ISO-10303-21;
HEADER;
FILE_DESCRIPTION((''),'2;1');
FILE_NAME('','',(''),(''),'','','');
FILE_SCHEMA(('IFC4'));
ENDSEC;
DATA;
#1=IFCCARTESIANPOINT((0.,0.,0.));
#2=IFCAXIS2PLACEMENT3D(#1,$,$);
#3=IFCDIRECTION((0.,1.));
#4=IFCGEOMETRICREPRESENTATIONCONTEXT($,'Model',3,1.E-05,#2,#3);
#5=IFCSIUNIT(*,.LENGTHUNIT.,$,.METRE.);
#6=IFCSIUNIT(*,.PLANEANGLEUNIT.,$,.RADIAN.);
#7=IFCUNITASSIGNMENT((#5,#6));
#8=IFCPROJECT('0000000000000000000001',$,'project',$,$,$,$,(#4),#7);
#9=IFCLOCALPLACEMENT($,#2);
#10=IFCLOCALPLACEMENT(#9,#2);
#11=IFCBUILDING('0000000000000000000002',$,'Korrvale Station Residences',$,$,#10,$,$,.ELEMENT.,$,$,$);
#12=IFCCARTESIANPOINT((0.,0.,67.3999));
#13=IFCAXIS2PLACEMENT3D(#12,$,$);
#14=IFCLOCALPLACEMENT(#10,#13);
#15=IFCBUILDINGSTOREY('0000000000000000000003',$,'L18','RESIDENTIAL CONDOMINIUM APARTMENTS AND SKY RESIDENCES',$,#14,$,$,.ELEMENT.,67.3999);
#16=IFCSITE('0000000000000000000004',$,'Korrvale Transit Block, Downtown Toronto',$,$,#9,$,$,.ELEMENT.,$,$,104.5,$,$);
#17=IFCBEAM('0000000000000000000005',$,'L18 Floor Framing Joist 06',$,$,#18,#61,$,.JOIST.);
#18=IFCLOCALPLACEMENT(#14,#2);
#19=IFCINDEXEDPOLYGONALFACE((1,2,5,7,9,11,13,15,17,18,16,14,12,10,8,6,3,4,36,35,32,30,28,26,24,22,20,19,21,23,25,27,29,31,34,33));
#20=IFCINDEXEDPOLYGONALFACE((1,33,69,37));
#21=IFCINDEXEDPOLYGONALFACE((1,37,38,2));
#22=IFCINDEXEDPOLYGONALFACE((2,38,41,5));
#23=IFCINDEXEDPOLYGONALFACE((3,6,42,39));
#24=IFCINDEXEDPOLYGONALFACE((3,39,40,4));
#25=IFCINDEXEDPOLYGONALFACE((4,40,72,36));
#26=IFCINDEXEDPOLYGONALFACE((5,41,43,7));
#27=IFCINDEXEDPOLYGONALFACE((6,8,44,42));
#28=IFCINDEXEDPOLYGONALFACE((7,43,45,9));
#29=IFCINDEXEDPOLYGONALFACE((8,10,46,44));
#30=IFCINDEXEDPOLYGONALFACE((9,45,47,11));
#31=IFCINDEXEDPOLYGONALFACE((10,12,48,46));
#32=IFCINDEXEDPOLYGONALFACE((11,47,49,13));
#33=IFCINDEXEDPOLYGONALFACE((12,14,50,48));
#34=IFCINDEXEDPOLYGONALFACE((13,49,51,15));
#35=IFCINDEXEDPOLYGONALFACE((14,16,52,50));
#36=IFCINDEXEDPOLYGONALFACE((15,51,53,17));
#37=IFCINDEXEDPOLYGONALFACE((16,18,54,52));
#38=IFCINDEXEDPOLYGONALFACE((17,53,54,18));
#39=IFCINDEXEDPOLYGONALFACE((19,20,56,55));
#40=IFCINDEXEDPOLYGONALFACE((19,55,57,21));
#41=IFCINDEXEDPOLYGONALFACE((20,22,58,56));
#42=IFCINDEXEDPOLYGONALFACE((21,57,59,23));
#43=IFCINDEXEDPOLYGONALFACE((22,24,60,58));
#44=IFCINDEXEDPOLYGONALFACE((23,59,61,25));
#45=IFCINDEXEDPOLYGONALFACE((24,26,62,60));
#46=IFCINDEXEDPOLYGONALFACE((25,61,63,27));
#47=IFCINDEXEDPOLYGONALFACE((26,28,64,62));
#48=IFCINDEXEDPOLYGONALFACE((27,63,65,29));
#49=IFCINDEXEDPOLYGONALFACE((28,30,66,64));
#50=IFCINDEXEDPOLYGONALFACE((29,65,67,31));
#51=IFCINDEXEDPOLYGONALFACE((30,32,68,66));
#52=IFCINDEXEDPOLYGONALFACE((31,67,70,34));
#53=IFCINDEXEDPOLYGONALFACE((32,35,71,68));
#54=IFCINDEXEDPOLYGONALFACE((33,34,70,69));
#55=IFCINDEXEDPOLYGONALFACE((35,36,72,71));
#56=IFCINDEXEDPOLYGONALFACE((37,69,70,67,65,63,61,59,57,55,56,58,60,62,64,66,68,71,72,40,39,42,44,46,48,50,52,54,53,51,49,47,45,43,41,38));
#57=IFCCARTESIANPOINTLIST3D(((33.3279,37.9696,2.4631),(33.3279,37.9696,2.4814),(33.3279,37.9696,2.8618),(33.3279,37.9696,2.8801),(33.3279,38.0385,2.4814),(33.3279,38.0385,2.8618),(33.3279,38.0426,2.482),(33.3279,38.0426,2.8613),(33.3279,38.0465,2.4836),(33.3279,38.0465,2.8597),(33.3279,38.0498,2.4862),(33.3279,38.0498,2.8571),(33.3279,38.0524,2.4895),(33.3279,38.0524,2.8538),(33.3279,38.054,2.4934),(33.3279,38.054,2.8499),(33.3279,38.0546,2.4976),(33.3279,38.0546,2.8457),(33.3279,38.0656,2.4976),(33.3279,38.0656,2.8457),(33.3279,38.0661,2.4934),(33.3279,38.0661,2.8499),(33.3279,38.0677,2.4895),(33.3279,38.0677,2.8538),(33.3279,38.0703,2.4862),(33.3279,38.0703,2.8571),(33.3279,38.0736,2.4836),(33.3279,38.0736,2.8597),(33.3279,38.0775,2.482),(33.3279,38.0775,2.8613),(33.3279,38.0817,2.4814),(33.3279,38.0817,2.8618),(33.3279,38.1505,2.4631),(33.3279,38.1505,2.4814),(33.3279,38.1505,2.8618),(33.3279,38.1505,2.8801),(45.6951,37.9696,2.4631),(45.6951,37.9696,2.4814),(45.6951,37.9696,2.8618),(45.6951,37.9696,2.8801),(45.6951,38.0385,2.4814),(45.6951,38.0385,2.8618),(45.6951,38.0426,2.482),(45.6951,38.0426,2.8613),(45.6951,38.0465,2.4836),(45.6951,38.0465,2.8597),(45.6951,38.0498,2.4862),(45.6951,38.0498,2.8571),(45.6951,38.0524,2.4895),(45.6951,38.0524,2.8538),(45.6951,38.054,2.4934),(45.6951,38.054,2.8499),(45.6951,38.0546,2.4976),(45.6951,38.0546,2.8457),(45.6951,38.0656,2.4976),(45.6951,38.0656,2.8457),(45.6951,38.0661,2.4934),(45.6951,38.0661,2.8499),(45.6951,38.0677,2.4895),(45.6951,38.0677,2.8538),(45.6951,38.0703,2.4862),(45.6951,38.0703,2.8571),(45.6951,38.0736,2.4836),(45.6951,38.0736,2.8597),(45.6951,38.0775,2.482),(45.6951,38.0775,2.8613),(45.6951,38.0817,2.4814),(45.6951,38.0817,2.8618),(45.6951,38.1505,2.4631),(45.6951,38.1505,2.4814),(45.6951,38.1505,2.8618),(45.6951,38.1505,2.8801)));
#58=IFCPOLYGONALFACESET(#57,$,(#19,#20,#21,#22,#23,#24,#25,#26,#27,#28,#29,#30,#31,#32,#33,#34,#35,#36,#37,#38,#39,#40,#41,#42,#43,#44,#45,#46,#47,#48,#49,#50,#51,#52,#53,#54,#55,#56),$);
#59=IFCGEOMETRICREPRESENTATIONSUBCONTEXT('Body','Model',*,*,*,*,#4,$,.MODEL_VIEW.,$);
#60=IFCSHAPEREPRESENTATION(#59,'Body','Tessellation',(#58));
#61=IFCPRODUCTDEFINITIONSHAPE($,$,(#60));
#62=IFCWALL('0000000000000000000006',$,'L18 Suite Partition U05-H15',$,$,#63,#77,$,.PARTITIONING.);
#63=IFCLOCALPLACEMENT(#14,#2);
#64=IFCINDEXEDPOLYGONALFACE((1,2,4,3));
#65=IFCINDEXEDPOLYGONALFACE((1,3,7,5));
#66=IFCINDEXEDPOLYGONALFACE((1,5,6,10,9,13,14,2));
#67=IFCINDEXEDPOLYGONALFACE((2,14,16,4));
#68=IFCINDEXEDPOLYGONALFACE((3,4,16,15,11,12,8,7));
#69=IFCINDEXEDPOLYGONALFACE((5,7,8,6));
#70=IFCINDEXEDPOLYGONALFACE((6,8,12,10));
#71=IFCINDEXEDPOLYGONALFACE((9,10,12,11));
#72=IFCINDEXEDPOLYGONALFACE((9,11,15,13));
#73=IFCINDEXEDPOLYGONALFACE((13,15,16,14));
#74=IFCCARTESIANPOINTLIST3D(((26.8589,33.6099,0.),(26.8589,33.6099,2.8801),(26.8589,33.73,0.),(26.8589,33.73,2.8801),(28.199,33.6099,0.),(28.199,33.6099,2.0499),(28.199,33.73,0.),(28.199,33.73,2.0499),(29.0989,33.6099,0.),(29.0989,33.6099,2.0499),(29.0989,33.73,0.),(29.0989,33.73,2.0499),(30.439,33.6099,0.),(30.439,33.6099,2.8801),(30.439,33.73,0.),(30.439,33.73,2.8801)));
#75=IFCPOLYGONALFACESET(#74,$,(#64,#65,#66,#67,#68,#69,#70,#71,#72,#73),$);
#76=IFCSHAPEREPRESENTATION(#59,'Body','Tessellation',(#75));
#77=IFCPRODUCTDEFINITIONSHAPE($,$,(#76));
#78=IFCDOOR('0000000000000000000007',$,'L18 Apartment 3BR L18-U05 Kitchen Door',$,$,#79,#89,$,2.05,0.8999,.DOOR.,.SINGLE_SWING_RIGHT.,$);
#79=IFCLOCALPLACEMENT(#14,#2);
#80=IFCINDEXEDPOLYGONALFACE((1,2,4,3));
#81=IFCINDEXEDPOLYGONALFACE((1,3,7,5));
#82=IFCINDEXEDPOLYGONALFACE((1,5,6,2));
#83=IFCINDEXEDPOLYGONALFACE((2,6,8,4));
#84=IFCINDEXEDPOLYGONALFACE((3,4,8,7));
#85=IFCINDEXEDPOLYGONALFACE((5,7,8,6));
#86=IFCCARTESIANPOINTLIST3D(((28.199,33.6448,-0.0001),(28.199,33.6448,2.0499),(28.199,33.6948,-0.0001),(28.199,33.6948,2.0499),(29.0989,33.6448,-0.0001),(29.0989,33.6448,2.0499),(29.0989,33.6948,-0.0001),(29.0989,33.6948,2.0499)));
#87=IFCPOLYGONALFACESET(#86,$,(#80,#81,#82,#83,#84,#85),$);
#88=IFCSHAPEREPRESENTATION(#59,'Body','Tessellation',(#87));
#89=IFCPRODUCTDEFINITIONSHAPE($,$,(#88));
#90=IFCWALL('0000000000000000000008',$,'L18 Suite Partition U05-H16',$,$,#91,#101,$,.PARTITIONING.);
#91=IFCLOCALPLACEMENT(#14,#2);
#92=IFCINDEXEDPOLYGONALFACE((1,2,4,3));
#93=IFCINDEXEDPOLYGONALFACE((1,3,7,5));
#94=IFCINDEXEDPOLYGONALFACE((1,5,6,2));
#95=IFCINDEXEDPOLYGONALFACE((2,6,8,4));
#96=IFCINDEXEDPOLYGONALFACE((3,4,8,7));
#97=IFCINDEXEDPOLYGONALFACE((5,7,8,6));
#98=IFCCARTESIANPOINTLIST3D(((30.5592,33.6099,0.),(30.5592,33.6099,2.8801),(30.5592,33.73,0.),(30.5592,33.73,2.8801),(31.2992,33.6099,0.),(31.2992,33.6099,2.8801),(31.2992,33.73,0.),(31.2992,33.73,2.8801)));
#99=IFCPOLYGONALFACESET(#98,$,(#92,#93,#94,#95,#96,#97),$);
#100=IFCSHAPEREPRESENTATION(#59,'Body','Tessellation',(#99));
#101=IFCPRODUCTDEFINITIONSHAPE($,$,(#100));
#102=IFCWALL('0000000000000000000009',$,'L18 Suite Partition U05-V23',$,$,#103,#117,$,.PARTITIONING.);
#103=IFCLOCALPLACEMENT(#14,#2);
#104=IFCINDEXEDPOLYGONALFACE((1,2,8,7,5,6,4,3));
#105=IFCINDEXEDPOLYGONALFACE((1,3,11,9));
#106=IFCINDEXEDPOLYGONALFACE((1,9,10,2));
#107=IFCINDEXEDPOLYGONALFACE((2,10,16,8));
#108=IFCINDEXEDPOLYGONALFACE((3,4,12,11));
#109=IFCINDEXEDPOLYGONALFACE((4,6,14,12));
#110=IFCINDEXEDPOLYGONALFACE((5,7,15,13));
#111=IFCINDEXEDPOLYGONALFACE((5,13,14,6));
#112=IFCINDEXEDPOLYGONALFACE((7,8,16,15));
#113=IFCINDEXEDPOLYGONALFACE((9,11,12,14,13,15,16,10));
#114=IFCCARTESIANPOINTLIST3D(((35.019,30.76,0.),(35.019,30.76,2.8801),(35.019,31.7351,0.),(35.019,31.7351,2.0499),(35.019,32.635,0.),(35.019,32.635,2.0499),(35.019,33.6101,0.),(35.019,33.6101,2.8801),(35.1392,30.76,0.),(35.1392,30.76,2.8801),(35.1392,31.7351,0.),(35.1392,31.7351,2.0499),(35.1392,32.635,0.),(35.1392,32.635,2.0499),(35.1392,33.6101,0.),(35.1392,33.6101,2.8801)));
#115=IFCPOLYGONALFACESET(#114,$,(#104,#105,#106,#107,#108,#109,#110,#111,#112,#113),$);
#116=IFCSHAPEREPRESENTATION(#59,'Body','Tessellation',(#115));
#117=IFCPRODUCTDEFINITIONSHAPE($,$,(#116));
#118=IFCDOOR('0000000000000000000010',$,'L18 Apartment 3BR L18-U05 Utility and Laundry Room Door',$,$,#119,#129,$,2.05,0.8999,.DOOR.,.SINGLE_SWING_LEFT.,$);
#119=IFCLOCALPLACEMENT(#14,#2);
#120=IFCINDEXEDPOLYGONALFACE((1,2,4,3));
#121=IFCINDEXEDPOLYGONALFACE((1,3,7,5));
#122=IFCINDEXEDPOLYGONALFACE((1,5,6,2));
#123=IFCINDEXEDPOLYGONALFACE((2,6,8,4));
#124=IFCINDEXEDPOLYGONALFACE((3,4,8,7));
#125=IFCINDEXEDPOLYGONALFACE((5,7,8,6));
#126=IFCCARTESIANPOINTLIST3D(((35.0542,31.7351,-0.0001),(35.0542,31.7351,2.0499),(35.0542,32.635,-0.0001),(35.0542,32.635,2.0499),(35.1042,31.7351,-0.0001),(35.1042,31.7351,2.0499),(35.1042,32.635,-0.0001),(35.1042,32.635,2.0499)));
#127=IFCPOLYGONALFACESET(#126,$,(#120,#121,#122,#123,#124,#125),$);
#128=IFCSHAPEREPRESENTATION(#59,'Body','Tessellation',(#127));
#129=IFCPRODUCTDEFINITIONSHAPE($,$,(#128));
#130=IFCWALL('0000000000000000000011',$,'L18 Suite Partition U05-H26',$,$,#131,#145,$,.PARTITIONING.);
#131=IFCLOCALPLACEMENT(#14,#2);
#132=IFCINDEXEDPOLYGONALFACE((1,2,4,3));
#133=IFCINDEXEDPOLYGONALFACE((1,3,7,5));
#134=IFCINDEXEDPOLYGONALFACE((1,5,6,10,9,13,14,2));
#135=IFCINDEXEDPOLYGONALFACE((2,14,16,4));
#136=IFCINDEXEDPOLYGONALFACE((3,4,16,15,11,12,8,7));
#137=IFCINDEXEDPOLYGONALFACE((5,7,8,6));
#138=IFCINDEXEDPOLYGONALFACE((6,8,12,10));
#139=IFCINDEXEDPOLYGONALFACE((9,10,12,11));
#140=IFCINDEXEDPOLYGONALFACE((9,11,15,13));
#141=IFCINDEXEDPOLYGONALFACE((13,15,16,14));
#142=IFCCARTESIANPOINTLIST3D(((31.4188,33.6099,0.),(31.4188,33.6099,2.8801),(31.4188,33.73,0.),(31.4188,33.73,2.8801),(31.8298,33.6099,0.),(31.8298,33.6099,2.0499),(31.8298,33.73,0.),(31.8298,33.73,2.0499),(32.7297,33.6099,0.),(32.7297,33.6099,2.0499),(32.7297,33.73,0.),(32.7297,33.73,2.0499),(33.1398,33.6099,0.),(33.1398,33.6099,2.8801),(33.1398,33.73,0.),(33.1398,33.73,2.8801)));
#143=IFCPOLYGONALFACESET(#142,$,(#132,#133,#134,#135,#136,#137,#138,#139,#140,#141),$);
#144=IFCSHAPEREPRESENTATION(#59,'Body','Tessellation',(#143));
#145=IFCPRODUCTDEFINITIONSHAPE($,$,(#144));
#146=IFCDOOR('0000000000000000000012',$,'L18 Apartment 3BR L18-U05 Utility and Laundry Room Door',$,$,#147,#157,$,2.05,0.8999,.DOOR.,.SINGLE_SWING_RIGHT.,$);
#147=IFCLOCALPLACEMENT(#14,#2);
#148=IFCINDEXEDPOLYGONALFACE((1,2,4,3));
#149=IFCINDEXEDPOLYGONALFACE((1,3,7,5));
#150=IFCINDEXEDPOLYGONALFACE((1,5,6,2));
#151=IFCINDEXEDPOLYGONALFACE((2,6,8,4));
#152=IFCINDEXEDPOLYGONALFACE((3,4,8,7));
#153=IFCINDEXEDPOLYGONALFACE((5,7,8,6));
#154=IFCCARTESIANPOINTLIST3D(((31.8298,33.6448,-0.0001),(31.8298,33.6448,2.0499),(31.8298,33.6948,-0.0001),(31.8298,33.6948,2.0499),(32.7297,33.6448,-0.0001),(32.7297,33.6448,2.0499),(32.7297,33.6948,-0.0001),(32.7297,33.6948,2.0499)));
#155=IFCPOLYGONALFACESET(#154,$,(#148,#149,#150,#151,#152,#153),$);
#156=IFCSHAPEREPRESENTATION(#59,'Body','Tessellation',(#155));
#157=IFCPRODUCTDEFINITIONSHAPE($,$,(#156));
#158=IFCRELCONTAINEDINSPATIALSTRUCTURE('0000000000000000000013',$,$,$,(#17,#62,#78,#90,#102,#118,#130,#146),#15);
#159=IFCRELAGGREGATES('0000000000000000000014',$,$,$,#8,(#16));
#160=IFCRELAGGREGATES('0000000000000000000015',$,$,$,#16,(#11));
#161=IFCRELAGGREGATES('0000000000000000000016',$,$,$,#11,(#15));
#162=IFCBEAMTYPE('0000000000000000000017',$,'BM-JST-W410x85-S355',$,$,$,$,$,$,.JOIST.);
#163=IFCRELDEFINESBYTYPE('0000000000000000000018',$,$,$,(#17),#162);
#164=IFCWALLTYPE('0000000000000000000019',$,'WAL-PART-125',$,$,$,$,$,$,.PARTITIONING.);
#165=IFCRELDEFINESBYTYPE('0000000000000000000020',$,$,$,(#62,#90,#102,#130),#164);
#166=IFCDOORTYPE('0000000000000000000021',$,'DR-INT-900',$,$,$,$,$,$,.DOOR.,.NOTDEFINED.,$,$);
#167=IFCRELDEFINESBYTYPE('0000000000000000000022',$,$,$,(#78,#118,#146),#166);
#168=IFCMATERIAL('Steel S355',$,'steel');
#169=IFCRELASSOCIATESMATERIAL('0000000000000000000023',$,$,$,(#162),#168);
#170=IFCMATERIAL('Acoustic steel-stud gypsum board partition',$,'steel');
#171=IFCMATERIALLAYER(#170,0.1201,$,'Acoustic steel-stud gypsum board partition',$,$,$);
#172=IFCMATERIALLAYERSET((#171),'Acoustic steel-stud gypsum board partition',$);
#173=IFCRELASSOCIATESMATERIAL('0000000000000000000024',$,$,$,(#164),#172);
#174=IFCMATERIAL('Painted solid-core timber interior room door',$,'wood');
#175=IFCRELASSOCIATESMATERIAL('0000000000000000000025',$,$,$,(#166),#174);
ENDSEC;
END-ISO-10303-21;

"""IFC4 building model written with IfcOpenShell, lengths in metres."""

from ifc_helpers import new_model, si_unit, direction, frame, frame_2d, origin, origin_2d, place, context, subcontext, project, spatial, rectangle, i_section, extrude, material, layer, layer_set, material_profile, profile_set, type_object, element, fill, save


model = new_model("IFC4")

# Units and contexts
model_context = context("Model", 3, precision=1e-05, world=origin(), true_north=direction((0.0, 1.0)))
body_context = subcontext(model_context, "Body", "Model", "MODEL_VIEW")
ifc_project = project(units=[si_unit("LENGTHUNIT", "METRE"), si_unit("PLANEANGLEUNIT", "RADIAN")], contexts=[model_context])

# Site, building, storey
site_placement = place(None, origin())
site = spatial("IfcSite", under=ifc_project, at=site_placement, Name="Korrvale Transit Block, Downtown Toronto", CompositionType="ELEMENT", RefElevation=104.5)
building_placement = place(site_placement, origin())
building = spatial("IfcBuilding", under=site, at=building_placement, Name="Korrvale Station Residences", CompositionType="ELEMENT")
storey_placement = place(building_placement, frame((0.0, 0.0, 67.3999)))
storey = spatial("IfcBuildingStorey", under=building, at=storey_placement, Name="L18", Description="RESIDENTIAL CONDOMINIUM APARTMENTS AND SKY RESIDENCES", CompositionType="ELEMENT", Elevation=67.3999)

# Beam
ifc_material_1 = material(Name="Steel S355", Category="steel")
ifc_material_profile = material_profile(ifc_material_1, i_section(OverallWidth=0.1809, OverallDepth=0.417, WebThickness=0.011, FlangeThickness=0.0183, FilletRadius=0.0161, at=origin_2d()), Name="W410x85")
ifc_profile_set = profile_set([ifc_material_profile], Name="Steel S355")
beam_type = type_object("IfcBeamType", Name="BM-JST-W410x85-S355", PredefinedType="JOIST", material=ifc_profile_set)
beam_placement = place(storey_placement, frame((33.3279, 38.0601, 2.6716), z_axis=(1.0, 0.0, 0.0), x_axis=(0.0, 1.0, 0.0)))
element("IfcBeam", 1, at=beam_placement, inside=storey, type_object=beam_type, Name="L18 Floor Framing Joist 06", PredefinedType="JOIST", context=body_context, shape_type="SweptSolid", body=[
    extrude(i_section(OverallWidth=0.1809, OverallDepth=0.417, WebThickness=0.011, FlangeThickness=0.0183, FilletRadius=0.0161, at=origin_2d()), origin(), (0.0, 0.0, 1.0), 12.3672),
])

# Wall, opening, door
ifc_material_2 = material(Name="Acoustic steel-stud gypsum board partition", Category="steel")
ifc_layer = layer(ifc_material_2, 0.1201, Name="Acoustic steel-stud gypsum board partition")
ifc_layer_set = layer_set([ifc_layer], Name="Acoustic steel-stud gypsum board partition")
wall_type = type_object("IfcWallType", Name="WAL-PART-125", PredefinedType="PARTITIONING", material=ifc_layer_set)
wall_1_placement = place(storey_placement, frame((26.8589, 33.6699, 0.0), z_axis=(0.0, 0.0, 1.0), x_axis=(1.0, 0.0, 0.0)))
wall_1 = element("IfcWall", 2, at=wall_1_placement, inside=storey, type_object=wall_type, Name="L18 Suite Partition U05-H15", PredefinedType="PARTITIONING", context=body_context, shape_type="SweptSolid", body=[
    extrude(rectangle(XDim=3.5801, YDim=0.1201, at=frame_2d((1.79, 0.0))), origin(), (0.0, 0.0, 1.0), 2.8801),
])
opening_1_placement = place(wall_1_placement, frame((1.3401, 0.0, 0.0)))
opening_1 = element("IfcOpeningElement", 3, at=opening_1_placement, cuts=wall_1, PredefinedType="OPENING", context=body_context, shape_type="SweptSolid", body=[
    extrude(rectangle(XDim=0.8999, YDim=2.05, at=frame_2d((0.45, 1.0249))), frame((0.0, 0.0701, 0.0), z_axis=(0.0, -1.0, 0.0), x_axis=(1.0, 0.0, 0.0)), (0.0, 0.0, 1.0), 0.1401),
])
ifc_material_3 = material(Name="Painted solid-core timber interior room door", Category="wood")
door_type = type_object("IfcDoorType", Name="DR-INT-900", OperationType="NOTDEFINED", PredefinedType="DOOR", material=ifc_material_3)
door_1_placement = place(opening_1_placement, origin())
door_1 = element("IfcDoor", 4, at=door_1_placement, inside=storey, type_object=door_type, Name="L18 Apartment 3BR L18-U05 Kitchen Door", OperationType="SINGLE_SWING_RIGHT", OverallHeight=2.05, OverallWidth=0.8999, PredefinedType="DOOR", context=body_context, shape_type="SweptSolid", body=[
    extrude(rectangle(XDim=0.8999, YDim=2.05, at=frame_2d((0.45, 1.0249))), frame((0.0, 0.0249, 0.0), z_axis=(0.0, -1.0, 0.0), x_axis=(1.0, 0.0, 0.0)), (0.0, 0.0, 1.0), 0.05),
])
fill(opening_1, door_1)

# Wall
wall_2_placement = place(storey_placement, frame((30.5591, 33.6699, 0.0), z_axis=(0.0, 0.0, 1.0), x_axis=(1.0, 0.0, 0.0)))
element("IfcWall", 5, at=wall_2_placement, inside=storey, type_object=wall_type, Name="L18 Suite Partition U05-H16", PredefinedType="PARTITIONING", context=body_context, shape_type="SweptSolid", body=[
    extrude(rectangle(XDim=0.74, YDim=0.1201, at=frame_2d((0.3701, 0.0))), origin(), (0.0, 0.0, 1.0), 2.8801),
])

# Walls, openings, doors
wall_3_placement = place(storey_placement, frame((35.0791, 30.76, 0.0), z_axis=(0.0, 0.0, 1.0), x_axis=(0.0, 1.0, 0.0)))
wall_3 = element("IfcWall", 6, at=wall_3_placement, inside=storey, type_object=wall_type, Name="L18 Suite Partition U05-V23", PredefinedType="PARTITIONING", context=body_context, shape_type="SweptSolid", body=[
    extrude(rectangle(XDim=2.8501, YDim=0.1201, at=frame_2d((1.425, 0.0))), origin(), (0.0, 0.0, 1.0), 2.8801),
])
opening_2_placement = place(wall_3_placement, frame((0.9751, 0.0, 0.0)))
opening_2 = element("IfcOpeningElement", 7, at=opening_2_placement, cuts=wall_3, PredefinedType="OPENING", context=body_context, shape_type="SweptSolid", body=[
    extrude(rectangle(XDim=0.8999, YDim=2.05, at=frame_2d((0.45, 1.0249))), frame((0.0, 0.0701, 0.0), z_axis=(0.0, -1.0, 0.0), x_axis=(1.0, 0.0, 0.0)), (0.0, 0.0, 1.0), 0.1401),
])
door_2_placement = place(opening_2_placement, origin())
door_2 = element("IfcDoor", 8, at=door_2_placement, inside=storey, type_object=door_type, Name="L18 Apartment 3BR L18-U05 Utility and Laundry Room Door", OperationType="SINGLE_SWING_LEFT", OverallHeight=2.05, OverallWidth=0.8999, PredefinedType="DOOR", context=body_context, shape_type="SweptSolid", body=[
    extrude(rectangle(XDim=0.8999, YDim=2.05, at=frame_2d((0.45, 1.0249))), frame((0.0, 0.0249, 0.0), z_axis=(0.0, -1.0, 0.0), x_axis=(1.0, 0.0, 0.0)), (0.0, 0.0, 1.0), 0.05),
])
fill(opening_2, door_2)
wall_4_placement = place(storey_placement, frame((31.4189, 33.6699, 0.0), z_axis=(0.0, 0.0, 1.0), x_axis=(1.0, 0.0, 0.0)))
wall_4 = element("IfcWall", 9, at=wall_4_placement, inside=storey, type_object=wall_type, Name="L18 Suite Partition U05-H26", PredefinedType="PARTITIONING", context=body_context, shape_type="SweptSolid", body=[
    extrude(rectangle(XDim=1.7209, YDim=0.1201, at=frame_2d((0.8604, 0.0))), origin(), (0.0, 0.0, 1.0), 2.8801),
])
opening_3_placement = place(wall_4_placement, frame((0.4109, 0.0, 0.0)))
opening_3 = element("IfcOpeningElement", 10, at=opening_3_placement, cuts=wall_4, PredefinedType="OPENING", context=body_context, shape_type="SweptSolid", body=[
    extrude(rectangle(XDim=0.8999, YDim=2.05, at=frame_2d((0.45, 1.0249))), frame((0.0, 0.0701, 0.0), z_axis=(0.0, -1.0, 0.0), x_axis=(1.0, 0.0, 0.0)), (0.0, 0.0, 1.0), 0.1401),
])
door_3_placement = place(opening_3_placement, origin())
door_3 = element("IfcDoor", 11, at=door_3_placement, inside=storey, type_object=door_type, Name="L18 Apartment 3BR L18-U05 Utility and Laundry Room Door", OperationType="SINGLE_SWING_RIGHT", OverallHeight=2.05, OverallWidth=0.8999, PredefinedType="DOOR", context=body_context, shape_type="SweptSolid", body=[
    extrude(rectangle(XDim=0.8999, YDim=2.05, at=frame_2d((0.45, 1.0249))), frame((0.0, 0.0249, 0.0), z_axis=(0.0, -1.0, 0.0), x_axis=(1.0, 0.0, 0.0)), (0.0, 0.0, 1.0), 0.05),
])
fill(opening_3, door_3)

save(model, "model.ifc")
